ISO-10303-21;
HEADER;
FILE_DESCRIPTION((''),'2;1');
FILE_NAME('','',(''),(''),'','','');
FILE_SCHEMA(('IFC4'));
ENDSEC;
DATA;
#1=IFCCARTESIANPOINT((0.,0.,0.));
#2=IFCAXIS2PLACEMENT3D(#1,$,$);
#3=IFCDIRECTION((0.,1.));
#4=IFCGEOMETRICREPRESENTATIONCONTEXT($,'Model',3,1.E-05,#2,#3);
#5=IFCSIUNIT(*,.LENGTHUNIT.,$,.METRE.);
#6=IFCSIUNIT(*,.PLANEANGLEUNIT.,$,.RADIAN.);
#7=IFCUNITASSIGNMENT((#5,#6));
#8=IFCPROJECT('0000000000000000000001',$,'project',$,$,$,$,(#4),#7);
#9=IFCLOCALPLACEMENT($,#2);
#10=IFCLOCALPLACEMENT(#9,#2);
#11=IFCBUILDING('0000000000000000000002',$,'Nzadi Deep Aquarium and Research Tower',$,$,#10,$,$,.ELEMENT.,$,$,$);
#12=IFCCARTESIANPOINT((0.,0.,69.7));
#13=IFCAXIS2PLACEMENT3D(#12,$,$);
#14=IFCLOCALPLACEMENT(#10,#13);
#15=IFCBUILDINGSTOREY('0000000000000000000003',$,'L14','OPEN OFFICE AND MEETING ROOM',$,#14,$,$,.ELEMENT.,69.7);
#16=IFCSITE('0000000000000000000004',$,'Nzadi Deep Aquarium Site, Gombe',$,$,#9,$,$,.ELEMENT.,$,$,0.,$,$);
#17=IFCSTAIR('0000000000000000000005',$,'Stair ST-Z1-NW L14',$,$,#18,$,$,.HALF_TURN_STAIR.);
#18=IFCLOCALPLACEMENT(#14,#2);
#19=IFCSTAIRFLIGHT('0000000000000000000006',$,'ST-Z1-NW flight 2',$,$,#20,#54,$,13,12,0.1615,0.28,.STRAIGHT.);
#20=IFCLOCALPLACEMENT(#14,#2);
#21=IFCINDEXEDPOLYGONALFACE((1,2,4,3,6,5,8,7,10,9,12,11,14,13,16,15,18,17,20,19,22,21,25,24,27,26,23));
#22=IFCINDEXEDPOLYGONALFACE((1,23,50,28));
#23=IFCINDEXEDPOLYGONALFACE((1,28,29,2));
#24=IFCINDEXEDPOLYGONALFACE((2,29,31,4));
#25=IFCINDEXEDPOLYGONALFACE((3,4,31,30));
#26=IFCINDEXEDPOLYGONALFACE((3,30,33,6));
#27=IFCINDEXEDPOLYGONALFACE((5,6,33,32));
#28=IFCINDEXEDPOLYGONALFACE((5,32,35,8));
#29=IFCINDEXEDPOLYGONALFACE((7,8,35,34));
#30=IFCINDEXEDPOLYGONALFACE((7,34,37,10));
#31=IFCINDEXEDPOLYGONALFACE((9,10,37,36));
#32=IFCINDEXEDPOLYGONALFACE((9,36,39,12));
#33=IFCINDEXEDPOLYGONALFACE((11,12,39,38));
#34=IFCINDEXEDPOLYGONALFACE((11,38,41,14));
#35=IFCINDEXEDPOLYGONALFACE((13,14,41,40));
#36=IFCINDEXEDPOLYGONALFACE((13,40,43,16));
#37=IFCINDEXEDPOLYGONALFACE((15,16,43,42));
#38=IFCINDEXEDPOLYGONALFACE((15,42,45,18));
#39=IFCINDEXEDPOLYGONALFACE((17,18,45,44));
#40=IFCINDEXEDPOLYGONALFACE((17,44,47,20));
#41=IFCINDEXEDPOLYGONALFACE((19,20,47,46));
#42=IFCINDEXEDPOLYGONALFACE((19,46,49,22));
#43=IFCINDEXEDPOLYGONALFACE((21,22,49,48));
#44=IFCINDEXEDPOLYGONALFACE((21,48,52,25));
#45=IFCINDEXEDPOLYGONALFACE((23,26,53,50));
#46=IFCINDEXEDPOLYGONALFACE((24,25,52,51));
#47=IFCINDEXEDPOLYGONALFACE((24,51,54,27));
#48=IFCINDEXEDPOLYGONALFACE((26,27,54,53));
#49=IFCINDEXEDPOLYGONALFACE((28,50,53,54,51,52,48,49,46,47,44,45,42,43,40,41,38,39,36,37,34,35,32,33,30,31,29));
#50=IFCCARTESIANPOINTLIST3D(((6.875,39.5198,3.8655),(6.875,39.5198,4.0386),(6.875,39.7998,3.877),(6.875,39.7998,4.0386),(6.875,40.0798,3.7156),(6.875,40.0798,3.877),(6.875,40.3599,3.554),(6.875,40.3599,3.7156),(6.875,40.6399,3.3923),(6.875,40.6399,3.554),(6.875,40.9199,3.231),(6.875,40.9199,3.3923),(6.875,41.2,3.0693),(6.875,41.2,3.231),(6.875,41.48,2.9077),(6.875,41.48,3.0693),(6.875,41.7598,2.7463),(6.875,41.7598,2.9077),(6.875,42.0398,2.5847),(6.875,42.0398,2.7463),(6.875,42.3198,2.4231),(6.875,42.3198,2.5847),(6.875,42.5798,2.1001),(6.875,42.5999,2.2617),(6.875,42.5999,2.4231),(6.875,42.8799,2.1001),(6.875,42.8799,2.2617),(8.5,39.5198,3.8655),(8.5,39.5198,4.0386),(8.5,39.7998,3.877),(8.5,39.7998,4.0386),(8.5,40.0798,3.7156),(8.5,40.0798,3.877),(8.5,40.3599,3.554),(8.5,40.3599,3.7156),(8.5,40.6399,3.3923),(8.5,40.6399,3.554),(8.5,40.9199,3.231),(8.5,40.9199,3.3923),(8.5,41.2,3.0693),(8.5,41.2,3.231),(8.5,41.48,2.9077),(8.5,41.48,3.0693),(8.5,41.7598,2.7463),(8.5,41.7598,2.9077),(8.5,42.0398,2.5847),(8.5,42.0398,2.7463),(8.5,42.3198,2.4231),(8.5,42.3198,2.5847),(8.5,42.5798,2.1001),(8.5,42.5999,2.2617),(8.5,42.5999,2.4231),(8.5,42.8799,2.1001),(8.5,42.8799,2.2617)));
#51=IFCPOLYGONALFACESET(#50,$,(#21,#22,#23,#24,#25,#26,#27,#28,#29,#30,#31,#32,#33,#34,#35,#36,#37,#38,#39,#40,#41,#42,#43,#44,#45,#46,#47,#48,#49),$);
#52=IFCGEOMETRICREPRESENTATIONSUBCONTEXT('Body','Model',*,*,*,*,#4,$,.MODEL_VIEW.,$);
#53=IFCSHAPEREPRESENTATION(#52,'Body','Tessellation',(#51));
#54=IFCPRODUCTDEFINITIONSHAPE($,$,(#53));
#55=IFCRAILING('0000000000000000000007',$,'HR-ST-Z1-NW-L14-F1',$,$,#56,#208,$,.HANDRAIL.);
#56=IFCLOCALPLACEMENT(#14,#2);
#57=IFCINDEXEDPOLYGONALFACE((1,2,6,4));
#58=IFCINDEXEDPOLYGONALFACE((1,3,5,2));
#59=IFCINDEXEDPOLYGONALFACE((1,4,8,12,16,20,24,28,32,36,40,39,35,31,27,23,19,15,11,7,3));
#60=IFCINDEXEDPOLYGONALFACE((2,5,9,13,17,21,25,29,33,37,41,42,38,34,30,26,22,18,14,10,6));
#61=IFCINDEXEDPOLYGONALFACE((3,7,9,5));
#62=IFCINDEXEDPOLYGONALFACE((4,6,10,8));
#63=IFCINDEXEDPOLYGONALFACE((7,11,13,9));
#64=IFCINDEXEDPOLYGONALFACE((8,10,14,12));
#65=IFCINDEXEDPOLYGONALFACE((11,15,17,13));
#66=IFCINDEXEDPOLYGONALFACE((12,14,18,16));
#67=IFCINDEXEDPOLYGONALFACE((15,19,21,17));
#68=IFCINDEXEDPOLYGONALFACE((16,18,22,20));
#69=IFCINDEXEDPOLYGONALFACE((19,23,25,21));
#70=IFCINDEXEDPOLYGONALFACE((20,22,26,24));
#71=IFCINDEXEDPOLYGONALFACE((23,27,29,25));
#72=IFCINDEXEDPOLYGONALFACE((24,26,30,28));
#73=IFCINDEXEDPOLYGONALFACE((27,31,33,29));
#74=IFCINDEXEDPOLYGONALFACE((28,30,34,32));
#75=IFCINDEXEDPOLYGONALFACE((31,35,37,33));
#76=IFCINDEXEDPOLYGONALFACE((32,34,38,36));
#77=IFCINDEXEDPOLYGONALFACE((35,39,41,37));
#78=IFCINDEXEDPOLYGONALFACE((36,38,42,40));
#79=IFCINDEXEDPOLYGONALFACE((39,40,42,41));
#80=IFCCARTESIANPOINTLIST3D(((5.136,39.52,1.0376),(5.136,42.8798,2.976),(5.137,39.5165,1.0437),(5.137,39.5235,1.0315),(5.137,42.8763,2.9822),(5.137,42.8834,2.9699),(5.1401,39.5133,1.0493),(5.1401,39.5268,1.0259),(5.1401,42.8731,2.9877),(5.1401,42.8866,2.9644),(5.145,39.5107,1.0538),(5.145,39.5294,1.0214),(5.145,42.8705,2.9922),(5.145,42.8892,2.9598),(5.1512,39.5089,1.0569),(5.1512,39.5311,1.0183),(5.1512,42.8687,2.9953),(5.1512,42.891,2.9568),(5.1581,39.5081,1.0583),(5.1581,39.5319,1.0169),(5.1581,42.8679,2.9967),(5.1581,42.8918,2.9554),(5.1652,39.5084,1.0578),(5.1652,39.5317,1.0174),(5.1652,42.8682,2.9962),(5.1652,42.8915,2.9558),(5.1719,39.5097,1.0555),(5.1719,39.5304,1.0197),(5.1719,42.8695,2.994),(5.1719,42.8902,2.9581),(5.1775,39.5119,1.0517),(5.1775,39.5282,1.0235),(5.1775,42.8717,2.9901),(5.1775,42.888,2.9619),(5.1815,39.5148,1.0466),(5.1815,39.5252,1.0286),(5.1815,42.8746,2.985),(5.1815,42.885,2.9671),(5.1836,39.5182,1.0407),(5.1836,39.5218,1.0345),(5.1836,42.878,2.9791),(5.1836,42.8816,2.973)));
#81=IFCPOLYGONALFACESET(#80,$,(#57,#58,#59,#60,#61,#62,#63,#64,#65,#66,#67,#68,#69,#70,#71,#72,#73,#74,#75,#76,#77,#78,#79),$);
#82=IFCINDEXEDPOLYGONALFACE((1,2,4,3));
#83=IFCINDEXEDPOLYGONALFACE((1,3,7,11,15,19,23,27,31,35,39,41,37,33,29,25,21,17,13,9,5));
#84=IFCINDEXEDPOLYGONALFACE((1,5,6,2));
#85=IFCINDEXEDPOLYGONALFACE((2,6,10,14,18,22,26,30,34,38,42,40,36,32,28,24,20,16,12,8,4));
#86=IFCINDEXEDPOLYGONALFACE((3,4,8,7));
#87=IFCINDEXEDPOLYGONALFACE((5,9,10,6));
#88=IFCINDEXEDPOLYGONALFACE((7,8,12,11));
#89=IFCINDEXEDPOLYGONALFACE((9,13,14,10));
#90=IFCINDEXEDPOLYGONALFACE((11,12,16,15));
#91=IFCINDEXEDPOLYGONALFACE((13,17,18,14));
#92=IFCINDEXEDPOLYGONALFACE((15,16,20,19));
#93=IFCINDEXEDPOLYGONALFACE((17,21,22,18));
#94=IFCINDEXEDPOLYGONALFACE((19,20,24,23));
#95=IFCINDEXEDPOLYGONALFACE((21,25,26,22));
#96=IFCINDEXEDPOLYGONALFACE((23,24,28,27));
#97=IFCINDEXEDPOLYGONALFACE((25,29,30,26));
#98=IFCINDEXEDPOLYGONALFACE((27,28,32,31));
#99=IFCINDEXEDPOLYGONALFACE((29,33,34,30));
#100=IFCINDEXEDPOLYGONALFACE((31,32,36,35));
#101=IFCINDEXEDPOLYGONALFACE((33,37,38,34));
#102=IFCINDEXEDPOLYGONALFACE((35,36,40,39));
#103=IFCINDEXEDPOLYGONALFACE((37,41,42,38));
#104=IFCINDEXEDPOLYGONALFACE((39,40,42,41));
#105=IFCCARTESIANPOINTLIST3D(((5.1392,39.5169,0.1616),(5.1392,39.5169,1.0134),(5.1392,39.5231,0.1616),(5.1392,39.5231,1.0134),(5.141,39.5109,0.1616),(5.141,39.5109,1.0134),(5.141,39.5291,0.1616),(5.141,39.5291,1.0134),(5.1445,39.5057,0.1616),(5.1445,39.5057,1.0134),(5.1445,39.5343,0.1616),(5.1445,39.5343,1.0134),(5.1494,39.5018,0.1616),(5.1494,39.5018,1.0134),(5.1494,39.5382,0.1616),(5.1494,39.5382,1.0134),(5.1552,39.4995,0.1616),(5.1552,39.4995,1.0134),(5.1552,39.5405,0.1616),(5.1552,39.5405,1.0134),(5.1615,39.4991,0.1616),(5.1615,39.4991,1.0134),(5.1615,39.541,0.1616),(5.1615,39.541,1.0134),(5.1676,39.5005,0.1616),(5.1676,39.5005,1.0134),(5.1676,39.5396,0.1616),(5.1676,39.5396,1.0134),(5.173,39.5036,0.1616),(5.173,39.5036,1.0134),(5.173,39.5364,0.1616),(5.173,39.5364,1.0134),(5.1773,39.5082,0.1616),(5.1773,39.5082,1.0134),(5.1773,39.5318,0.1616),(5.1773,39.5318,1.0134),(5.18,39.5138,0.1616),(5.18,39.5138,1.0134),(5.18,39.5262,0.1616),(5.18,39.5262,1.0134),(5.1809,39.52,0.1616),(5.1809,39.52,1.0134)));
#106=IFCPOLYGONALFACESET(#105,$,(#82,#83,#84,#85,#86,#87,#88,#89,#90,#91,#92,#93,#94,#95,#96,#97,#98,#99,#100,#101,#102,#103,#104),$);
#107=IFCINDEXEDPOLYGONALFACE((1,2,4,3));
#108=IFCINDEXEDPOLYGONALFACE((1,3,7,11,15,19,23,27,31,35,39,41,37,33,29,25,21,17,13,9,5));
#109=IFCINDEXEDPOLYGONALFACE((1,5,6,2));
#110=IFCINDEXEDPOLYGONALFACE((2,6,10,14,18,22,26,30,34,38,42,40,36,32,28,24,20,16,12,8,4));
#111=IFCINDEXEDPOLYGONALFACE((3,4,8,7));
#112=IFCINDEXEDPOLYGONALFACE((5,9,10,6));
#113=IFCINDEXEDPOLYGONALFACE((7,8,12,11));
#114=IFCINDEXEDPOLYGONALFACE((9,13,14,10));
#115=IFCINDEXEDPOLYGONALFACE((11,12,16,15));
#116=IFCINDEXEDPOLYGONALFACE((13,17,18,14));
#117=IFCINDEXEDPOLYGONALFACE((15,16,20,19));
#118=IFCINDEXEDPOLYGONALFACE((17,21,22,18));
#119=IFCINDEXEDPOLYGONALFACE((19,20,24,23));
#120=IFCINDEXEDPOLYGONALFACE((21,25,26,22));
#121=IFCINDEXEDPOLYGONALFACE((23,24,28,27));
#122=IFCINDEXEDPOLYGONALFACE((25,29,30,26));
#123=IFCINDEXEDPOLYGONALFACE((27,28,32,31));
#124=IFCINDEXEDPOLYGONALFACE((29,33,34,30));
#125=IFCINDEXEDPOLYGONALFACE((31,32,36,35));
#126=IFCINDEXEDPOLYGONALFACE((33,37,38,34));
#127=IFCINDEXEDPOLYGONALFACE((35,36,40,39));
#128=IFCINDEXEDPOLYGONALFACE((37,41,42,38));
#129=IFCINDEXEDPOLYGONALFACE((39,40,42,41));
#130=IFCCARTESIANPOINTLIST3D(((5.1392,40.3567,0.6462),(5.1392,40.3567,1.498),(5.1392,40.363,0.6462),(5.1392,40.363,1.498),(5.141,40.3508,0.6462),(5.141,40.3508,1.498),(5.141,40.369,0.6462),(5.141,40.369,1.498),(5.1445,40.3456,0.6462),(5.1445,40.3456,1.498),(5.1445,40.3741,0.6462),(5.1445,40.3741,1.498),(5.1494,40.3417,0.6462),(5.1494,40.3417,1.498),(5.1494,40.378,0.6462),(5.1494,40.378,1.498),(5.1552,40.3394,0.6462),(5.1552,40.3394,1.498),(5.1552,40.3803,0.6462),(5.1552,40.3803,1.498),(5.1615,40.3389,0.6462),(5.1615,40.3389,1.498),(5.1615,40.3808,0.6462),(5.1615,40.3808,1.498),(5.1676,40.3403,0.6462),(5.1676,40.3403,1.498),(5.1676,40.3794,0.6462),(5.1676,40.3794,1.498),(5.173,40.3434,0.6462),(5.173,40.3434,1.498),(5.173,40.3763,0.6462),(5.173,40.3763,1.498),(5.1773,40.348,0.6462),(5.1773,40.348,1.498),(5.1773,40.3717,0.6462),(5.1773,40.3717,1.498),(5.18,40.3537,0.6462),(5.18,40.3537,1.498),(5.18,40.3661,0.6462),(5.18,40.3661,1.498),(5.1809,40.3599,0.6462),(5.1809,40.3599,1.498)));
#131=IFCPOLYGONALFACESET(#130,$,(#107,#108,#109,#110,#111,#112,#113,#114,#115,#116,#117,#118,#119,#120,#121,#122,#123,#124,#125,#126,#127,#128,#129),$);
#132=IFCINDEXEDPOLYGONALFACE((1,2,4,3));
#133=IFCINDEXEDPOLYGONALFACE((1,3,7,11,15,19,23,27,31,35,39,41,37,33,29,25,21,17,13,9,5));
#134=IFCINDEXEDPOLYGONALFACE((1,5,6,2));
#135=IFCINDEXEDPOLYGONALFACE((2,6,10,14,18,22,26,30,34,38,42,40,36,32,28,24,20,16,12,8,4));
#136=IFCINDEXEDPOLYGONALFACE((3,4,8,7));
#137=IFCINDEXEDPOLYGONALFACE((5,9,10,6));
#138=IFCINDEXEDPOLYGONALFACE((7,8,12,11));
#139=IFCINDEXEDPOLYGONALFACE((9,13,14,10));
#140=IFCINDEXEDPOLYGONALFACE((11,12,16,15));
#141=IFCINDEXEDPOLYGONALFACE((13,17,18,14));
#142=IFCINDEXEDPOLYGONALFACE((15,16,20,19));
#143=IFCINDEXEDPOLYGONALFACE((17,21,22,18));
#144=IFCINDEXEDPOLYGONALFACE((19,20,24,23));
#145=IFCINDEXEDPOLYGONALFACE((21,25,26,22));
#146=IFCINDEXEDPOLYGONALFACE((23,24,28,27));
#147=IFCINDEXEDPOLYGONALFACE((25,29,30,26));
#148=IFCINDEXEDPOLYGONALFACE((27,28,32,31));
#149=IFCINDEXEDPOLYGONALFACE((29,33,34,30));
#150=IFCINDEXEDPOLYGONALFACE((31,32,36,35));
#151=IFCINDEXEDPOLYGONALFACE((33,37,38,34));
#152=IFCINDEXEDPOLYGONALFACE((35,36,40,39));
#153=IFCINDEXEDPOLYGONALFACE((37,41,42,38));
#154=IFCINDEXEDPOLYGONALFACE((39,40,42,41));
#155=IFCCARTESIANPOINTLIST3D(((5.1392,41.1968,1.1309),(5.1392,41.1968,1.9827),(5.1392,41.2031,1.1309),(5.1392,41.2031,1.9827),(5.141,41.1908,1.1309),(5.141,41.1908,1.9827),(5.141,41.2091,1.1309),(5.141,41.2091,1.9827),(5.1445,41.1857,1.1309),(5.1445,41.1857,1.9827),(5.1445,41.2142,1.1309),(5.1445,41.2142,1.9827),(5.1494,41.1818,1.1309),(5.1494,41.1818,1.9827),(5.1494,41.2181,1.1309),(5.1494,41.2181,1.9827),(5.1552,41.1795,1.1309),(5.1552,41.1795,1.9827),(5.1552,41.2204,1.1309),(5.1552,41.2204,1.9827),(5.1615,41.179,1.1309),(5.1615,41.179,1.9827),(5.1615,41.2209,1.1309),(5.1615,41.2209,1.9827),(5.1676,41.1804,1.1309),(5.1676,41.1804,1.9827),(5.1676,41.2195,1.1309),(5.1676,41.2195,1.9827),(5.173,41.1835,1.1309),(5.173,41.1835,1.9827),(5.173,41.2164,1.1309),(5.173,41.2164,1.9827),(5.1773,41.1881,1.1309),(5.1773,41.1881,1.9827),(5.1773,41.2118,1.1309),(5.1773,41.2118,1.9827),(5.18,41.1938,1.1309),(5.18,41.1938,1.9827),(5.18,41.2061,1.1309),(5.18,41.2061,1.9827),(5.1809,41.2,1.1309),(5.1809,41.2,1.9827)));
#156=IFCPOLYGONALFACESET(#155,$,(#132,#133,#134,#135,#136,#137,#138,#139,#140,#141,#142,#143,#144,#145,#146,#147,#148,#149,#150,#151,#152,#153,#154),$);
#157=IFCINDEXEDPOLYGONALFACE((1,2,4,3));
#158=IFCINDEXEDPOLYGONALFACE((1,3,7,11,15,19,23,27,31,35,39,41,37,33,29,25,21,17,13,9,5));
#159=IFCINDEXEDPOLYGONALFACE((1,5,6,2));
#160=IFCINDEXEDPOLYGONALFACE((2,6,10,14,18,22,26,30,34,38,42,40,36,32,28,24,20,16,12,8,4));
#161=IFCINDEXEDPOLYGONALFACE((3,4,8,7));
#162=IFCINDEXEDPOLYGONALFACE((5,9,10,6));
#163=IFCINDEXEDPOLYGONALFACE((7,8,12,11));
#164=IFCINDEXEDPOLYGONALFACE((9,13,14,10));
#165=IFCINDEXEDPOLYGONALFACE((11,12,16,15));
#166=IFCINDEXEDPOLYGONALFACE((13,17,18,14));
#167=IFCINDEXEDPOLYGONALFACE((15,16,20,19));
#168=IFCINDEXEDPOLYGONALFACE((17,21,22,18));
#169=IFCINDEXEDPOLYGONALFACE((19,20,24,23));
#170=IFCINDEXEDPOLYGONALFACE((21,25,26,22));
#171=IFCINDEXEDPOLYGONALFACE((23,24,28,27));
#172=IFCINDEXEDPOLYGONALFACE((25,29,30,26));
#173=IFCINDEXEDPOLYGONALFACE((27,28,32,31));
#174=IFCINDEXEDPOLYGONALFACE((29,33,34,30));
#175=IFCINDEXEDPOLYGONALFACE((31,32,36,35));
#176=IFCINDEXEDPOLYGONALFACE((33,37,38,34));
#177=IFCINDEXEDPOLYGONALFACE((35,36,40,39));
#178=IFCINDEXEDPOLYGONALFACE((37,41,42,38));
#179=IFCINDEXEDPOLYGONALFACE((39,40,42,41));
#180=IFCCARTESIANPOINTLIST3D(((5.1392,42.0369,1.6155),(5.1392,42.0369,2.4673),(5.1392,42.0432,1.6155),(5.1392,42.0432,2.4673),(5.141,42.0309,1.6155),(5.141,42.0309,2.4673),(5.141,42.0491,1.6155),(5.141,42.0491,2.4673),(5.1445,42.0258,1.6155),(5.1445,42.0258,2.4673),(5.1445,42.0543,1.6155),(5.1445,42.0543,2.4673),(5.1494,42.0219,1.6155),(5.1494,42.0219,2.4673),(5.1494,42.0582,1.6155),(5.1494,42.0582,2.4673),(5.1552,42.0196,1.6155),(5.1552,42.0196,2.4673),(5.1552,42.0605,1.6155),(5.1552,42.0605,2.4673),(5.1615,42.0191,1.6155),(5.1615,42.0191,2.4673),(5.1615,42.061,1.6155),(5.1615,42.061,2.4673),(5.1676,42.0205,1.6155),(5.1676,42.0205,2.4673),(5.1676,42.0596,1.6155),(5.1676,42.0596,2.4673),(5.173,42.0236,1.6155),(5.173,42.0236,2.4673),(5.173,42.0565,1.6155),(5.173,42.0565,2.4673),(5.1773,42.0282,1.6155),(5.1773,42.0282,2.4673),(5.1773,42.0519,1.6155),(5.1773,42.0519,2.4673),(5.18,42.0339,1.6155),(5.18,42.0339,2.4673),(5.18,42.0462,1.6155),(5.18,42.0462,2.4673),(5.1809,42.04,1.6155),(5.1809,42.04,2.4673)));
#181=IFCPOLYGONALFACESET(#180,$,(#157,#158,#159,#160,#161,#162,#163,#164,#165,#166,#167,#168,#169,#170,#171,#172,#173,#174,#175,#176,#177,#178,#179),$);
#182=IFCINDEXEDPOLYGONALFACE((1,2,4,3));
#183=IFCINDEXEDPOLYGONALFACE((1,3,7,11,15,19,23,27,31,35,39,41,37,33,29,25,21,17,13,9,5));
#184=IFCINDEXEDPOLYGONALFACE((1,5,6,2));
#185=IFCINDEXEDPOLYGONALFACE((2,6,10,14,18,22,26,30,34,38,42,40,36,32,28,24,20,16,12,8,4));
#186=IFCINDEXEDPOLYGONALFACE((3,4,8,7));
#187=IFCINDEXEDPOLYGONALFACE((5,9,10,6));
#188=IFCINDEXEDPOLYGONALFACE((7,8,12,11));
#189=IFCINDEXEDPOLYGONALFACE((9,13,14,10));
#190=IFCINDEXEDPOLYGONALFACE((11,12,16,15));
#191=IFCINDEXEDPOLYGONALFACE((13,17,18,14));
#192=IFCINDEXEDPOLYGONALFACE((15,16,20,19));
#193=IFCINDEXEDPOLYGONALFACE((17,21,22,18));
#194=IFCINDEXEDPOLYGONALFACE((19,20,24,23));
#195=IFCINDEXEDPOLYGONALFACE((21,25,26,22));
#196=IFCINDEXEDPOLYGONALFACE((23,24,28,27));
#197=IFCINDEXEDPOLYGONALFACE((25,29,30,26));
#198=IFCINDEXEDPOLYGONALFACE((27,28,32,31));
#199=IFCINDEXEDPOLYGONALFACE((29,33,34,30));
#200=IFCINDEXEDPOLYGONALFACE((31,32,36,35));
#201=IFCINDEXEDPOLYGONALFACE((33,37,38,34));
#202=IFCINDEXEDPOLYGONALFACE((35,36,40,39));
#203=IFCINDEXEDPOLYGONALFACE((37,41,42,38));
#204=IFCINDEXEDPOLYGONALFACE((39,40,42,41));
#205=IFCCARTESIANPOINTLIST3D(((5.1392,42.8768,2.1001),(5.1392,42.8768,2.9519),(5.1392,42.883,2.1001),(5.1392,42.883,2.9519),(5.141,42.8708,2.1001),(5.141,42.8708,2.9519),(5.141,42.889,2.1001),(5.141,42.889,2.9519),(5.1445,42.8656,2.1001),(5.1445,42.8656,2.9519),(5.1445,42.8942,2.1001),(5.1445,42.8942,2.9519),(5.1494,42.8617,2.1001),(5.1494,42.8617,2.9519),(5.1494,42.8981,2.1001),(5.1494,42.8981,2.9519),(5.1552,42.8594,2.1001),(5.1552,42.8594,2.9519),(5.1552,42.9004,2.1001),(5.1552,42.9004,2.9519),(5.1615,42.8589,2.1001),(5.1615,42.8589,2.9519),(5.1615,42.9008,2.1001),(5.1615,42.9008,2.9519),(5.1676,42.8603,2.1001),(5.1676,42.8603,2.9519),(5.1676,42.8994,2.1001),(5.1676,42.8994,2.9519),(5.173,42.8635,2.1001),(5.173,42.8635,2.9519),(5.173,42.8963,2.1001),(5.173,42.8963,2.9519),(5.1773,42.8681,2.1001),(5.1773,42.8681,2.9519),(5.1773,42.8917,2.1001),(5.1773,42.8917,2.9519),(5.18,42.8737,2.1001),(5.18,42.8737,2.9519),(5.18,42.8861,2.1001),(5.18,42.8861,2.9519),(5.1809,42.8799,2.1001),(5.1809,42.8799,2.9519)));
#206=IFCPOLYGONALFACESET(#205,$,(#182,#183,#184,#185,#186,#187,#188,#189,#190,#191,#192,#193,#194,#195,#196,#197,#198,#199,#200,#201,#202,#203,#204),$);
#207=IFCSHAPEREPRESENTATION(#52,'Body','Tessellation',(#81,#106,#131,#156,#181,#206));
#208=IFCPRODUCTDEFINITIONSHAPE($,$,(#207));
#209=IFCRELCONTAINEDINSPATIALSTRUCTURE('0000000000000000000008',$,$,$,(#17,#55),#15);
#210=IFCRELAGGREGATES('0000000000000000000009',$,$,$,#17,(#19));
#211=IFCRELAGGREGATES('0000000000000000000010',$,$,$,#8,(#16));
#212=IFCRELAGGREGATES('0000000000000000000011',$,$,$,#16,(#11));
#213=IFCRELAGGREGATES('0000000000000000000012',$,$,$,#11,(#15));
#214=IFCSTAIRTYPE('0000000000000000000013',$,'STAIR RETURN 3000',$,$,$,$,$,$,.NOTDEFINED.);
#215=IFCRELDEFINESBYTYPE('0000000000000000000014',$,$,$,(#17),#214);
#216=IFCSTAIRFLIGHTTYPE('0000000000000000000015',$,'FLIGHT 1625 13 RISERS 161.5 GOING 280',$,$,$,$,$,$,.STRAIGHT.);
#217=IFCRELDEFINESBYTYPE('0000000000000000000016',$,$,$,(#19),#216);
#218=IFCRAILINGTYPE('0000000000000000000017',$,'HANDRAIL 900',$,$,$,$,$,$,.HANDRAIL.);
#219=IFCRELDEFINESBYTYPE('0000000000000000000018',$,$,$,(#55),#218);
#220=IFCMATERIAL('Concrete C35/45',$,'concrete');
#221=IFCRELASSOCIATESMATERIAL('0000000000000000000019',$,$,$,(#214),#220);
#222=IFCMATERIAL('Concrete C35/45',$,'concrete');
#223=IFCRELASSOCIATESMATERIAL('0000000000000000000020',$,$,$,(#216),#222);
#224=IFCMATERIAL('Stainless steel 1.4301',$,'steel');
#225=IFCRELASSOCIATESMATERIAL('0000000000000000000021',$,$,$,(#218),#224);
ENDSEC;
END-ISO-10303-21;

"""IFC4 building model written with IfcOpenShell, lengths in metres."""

from ifc_helpers import new_model, si_unit, direction, frame, origin, origin_2d, place, context, subcontext, project, spatial, polyline, circle, outline, extrude, material, type_object, element, aggregate, save


model = new_model("IFC4")

# Units and contexts
model_context = context("Model", 3, precision=1e-05, world=origin(), true_north=direction((0.0, 1.0)))
body_context = subcontext(model_context, "Body", "Model", "MODEL_VIEW")
ifc_project = project(units=[si_unit("LENGTHUNIT", "METRE"), si_unit("PLANEANGLEUNIT", "RADIAN")], contexts=[model_context])

# Site, building, storey
site_placement = place(None, origin())
site = spatial("IfcSite", under=ifc_project, at=site_placement, Name="Nzadi Deep Aquarium Site, Gombe", CompositionType="ELEMENT", RefElevation=0.0)
building_placement = place(site_placement, origin())
building = spatial("IfcBuilding", under=site, at=building_placement, Name="Nzadi Deep Aquarium and Research Tower", CompositionType="ELEMENT")
storey_placement = place(building_placement, frame((0.0, 0.0, 69.7)))
storey = spatial("IfcBuildingStorey", under=building, at=storey_placement, Name="L14", Description="OPEN OFFICE AND MEETING ROOM", CompositionType="ELEMENT", Elevation=69.7)

# Stair, stair flight
ifc_material_1 = material(Name="Concrete C35/45", Category="concrete")
stair_type = type_object("IfcStairType", Name="STAIR RETURN 3000", PredefinedType="NOTDEFINED", material=ifc_material_1)
stair_placement = place(storey_placement, origin())
stair = element("IfcStair", 1, at=stair_placement, inside=storey, type_object=stair_type, Name="Stair ST-Z1-NW L14", PredefinedType="HALF_TURN_STAIR")
ifc_material_2 = material(Name="Concrete C35/45", Category="concrete")
stair_flight_type = type_object("IfcStairFlightType", Name="FLIGHT 1625 13 RISERS 161.5 GOING 280", PredefinedType="STRAIGHT", material=ifc_material_2)
stair_flight_1_placement = place(storey_placement, frame((7.6875, 42.8799, 2.1001), z_axis=(0.0, 0.0, 1.0), x_axis=(0.0, -1.0, 0.0)))
stair_flight_1 = element("IfcStairFlight", 2, at=stair_flight_1_placement, type_object=stair_flight_type, Name="ST-Z1-NW flight 2", NumberOfRisers=13, NumberOfTreads=12, PredefinedType="STRAIGHT", RiserHeight=0.1615, TreadLength=0.28, context=body_context, shape_type="SweptSolid", body=[
    extrude(outline(polyline([(0.0, 0.0), (0.0, 0.1616), (0.28, 0.1616), (0.28, 0.323), (0.5601, 0.323), (0.5601, 0.4846), (0.8401, 0.4846), (0.8401, 0.6462), (1.1201, 0.6462), (1.1201, 0.8076), (1.3999, 0.8076), (1.3999, 0.9692), (1.6799, 0.9692), (1.6799, 1.1309), (1.96, 1.1309), (1.96, 1.2922), (2.24, 1.2922), (2.24, 1.4539), (2.52, 1.4539), (2.52, 1.6155), (2.8, 1.6155), (2.8, 1.7769), (3.0801, 1.7769), (3.0801, 1.9385), (3.3601, 1.9385), (3.3601, 2.1001), (3.3601, 1.7654), (0.3, 0.0), (0.0, 0.0)])), frame((0.0, 0.8125, 0.0), z_axis=(0.0, -1.0, 0.0), x_axis=(1.0, 0.0, 0.0)), (0.0, 0.0, 1.0), 1.625),
])
aggregate(stair, [stair_flight_1])

# Railing
ifc_material_3 = material(Name="Stainless steel 1.4301", Category="steel")
railing_type = type_object("IfcRailingType", Name="HANDRAIL 900", PredefinedType="HANDRAIL", material=ifc_material_3)
for number, where, name in (
    (3, (5.1599, 39.52, 0.1616), "HR-ST-Z1-NW-L14-F1"),
):
    element("IfcRailing", number, at=place(storey_placement, frame(where)), inside=storey, type_object=railing_type, Name=name, PredefinedType="HANDRAIL", context=body_context, shape_type="SweptSolid", body=[
        extrude(circle(Radius=0.0239, at=origin_2d()), frame((0.0, 0.0, 0.876), z_axis=(0.0, 0.866175, 0.499741), x_axis=(-1.0, 0.0, 0.0)), (0.0, 0.0, 1.0), 3.8789),
        extrude(circle(Radius=0.021, at=origin_2d()), origin(), (0.0, 0.0, 1.0), 0.8518),
        extrude(circle(Radius=0.021, at=origin_2d()), frame((0.0, 0.8398, 0.4846)), (0.0, 0.0, 1.0), 0.8518),
        extrude(circle(Radius=0.021, at=origin_2d()), frame((0.0, 1.6799, 0.9692)), (0.0, 0.0, 1.0), 0.8518),
        extrude(circle(Radius=0.021, at=origin_2d()), frame((0.0, 2.52, 1.4539)), (0.0, 0.0, 1.0), 0.8518),
        extrude(circle(Radius=0.021, at=origin_2d()), frame((0.0, 3.3599, 1.9385)), (0.0, 0.0, 1.0), 0.8518),
    ])

save(model, "model.ifc")
